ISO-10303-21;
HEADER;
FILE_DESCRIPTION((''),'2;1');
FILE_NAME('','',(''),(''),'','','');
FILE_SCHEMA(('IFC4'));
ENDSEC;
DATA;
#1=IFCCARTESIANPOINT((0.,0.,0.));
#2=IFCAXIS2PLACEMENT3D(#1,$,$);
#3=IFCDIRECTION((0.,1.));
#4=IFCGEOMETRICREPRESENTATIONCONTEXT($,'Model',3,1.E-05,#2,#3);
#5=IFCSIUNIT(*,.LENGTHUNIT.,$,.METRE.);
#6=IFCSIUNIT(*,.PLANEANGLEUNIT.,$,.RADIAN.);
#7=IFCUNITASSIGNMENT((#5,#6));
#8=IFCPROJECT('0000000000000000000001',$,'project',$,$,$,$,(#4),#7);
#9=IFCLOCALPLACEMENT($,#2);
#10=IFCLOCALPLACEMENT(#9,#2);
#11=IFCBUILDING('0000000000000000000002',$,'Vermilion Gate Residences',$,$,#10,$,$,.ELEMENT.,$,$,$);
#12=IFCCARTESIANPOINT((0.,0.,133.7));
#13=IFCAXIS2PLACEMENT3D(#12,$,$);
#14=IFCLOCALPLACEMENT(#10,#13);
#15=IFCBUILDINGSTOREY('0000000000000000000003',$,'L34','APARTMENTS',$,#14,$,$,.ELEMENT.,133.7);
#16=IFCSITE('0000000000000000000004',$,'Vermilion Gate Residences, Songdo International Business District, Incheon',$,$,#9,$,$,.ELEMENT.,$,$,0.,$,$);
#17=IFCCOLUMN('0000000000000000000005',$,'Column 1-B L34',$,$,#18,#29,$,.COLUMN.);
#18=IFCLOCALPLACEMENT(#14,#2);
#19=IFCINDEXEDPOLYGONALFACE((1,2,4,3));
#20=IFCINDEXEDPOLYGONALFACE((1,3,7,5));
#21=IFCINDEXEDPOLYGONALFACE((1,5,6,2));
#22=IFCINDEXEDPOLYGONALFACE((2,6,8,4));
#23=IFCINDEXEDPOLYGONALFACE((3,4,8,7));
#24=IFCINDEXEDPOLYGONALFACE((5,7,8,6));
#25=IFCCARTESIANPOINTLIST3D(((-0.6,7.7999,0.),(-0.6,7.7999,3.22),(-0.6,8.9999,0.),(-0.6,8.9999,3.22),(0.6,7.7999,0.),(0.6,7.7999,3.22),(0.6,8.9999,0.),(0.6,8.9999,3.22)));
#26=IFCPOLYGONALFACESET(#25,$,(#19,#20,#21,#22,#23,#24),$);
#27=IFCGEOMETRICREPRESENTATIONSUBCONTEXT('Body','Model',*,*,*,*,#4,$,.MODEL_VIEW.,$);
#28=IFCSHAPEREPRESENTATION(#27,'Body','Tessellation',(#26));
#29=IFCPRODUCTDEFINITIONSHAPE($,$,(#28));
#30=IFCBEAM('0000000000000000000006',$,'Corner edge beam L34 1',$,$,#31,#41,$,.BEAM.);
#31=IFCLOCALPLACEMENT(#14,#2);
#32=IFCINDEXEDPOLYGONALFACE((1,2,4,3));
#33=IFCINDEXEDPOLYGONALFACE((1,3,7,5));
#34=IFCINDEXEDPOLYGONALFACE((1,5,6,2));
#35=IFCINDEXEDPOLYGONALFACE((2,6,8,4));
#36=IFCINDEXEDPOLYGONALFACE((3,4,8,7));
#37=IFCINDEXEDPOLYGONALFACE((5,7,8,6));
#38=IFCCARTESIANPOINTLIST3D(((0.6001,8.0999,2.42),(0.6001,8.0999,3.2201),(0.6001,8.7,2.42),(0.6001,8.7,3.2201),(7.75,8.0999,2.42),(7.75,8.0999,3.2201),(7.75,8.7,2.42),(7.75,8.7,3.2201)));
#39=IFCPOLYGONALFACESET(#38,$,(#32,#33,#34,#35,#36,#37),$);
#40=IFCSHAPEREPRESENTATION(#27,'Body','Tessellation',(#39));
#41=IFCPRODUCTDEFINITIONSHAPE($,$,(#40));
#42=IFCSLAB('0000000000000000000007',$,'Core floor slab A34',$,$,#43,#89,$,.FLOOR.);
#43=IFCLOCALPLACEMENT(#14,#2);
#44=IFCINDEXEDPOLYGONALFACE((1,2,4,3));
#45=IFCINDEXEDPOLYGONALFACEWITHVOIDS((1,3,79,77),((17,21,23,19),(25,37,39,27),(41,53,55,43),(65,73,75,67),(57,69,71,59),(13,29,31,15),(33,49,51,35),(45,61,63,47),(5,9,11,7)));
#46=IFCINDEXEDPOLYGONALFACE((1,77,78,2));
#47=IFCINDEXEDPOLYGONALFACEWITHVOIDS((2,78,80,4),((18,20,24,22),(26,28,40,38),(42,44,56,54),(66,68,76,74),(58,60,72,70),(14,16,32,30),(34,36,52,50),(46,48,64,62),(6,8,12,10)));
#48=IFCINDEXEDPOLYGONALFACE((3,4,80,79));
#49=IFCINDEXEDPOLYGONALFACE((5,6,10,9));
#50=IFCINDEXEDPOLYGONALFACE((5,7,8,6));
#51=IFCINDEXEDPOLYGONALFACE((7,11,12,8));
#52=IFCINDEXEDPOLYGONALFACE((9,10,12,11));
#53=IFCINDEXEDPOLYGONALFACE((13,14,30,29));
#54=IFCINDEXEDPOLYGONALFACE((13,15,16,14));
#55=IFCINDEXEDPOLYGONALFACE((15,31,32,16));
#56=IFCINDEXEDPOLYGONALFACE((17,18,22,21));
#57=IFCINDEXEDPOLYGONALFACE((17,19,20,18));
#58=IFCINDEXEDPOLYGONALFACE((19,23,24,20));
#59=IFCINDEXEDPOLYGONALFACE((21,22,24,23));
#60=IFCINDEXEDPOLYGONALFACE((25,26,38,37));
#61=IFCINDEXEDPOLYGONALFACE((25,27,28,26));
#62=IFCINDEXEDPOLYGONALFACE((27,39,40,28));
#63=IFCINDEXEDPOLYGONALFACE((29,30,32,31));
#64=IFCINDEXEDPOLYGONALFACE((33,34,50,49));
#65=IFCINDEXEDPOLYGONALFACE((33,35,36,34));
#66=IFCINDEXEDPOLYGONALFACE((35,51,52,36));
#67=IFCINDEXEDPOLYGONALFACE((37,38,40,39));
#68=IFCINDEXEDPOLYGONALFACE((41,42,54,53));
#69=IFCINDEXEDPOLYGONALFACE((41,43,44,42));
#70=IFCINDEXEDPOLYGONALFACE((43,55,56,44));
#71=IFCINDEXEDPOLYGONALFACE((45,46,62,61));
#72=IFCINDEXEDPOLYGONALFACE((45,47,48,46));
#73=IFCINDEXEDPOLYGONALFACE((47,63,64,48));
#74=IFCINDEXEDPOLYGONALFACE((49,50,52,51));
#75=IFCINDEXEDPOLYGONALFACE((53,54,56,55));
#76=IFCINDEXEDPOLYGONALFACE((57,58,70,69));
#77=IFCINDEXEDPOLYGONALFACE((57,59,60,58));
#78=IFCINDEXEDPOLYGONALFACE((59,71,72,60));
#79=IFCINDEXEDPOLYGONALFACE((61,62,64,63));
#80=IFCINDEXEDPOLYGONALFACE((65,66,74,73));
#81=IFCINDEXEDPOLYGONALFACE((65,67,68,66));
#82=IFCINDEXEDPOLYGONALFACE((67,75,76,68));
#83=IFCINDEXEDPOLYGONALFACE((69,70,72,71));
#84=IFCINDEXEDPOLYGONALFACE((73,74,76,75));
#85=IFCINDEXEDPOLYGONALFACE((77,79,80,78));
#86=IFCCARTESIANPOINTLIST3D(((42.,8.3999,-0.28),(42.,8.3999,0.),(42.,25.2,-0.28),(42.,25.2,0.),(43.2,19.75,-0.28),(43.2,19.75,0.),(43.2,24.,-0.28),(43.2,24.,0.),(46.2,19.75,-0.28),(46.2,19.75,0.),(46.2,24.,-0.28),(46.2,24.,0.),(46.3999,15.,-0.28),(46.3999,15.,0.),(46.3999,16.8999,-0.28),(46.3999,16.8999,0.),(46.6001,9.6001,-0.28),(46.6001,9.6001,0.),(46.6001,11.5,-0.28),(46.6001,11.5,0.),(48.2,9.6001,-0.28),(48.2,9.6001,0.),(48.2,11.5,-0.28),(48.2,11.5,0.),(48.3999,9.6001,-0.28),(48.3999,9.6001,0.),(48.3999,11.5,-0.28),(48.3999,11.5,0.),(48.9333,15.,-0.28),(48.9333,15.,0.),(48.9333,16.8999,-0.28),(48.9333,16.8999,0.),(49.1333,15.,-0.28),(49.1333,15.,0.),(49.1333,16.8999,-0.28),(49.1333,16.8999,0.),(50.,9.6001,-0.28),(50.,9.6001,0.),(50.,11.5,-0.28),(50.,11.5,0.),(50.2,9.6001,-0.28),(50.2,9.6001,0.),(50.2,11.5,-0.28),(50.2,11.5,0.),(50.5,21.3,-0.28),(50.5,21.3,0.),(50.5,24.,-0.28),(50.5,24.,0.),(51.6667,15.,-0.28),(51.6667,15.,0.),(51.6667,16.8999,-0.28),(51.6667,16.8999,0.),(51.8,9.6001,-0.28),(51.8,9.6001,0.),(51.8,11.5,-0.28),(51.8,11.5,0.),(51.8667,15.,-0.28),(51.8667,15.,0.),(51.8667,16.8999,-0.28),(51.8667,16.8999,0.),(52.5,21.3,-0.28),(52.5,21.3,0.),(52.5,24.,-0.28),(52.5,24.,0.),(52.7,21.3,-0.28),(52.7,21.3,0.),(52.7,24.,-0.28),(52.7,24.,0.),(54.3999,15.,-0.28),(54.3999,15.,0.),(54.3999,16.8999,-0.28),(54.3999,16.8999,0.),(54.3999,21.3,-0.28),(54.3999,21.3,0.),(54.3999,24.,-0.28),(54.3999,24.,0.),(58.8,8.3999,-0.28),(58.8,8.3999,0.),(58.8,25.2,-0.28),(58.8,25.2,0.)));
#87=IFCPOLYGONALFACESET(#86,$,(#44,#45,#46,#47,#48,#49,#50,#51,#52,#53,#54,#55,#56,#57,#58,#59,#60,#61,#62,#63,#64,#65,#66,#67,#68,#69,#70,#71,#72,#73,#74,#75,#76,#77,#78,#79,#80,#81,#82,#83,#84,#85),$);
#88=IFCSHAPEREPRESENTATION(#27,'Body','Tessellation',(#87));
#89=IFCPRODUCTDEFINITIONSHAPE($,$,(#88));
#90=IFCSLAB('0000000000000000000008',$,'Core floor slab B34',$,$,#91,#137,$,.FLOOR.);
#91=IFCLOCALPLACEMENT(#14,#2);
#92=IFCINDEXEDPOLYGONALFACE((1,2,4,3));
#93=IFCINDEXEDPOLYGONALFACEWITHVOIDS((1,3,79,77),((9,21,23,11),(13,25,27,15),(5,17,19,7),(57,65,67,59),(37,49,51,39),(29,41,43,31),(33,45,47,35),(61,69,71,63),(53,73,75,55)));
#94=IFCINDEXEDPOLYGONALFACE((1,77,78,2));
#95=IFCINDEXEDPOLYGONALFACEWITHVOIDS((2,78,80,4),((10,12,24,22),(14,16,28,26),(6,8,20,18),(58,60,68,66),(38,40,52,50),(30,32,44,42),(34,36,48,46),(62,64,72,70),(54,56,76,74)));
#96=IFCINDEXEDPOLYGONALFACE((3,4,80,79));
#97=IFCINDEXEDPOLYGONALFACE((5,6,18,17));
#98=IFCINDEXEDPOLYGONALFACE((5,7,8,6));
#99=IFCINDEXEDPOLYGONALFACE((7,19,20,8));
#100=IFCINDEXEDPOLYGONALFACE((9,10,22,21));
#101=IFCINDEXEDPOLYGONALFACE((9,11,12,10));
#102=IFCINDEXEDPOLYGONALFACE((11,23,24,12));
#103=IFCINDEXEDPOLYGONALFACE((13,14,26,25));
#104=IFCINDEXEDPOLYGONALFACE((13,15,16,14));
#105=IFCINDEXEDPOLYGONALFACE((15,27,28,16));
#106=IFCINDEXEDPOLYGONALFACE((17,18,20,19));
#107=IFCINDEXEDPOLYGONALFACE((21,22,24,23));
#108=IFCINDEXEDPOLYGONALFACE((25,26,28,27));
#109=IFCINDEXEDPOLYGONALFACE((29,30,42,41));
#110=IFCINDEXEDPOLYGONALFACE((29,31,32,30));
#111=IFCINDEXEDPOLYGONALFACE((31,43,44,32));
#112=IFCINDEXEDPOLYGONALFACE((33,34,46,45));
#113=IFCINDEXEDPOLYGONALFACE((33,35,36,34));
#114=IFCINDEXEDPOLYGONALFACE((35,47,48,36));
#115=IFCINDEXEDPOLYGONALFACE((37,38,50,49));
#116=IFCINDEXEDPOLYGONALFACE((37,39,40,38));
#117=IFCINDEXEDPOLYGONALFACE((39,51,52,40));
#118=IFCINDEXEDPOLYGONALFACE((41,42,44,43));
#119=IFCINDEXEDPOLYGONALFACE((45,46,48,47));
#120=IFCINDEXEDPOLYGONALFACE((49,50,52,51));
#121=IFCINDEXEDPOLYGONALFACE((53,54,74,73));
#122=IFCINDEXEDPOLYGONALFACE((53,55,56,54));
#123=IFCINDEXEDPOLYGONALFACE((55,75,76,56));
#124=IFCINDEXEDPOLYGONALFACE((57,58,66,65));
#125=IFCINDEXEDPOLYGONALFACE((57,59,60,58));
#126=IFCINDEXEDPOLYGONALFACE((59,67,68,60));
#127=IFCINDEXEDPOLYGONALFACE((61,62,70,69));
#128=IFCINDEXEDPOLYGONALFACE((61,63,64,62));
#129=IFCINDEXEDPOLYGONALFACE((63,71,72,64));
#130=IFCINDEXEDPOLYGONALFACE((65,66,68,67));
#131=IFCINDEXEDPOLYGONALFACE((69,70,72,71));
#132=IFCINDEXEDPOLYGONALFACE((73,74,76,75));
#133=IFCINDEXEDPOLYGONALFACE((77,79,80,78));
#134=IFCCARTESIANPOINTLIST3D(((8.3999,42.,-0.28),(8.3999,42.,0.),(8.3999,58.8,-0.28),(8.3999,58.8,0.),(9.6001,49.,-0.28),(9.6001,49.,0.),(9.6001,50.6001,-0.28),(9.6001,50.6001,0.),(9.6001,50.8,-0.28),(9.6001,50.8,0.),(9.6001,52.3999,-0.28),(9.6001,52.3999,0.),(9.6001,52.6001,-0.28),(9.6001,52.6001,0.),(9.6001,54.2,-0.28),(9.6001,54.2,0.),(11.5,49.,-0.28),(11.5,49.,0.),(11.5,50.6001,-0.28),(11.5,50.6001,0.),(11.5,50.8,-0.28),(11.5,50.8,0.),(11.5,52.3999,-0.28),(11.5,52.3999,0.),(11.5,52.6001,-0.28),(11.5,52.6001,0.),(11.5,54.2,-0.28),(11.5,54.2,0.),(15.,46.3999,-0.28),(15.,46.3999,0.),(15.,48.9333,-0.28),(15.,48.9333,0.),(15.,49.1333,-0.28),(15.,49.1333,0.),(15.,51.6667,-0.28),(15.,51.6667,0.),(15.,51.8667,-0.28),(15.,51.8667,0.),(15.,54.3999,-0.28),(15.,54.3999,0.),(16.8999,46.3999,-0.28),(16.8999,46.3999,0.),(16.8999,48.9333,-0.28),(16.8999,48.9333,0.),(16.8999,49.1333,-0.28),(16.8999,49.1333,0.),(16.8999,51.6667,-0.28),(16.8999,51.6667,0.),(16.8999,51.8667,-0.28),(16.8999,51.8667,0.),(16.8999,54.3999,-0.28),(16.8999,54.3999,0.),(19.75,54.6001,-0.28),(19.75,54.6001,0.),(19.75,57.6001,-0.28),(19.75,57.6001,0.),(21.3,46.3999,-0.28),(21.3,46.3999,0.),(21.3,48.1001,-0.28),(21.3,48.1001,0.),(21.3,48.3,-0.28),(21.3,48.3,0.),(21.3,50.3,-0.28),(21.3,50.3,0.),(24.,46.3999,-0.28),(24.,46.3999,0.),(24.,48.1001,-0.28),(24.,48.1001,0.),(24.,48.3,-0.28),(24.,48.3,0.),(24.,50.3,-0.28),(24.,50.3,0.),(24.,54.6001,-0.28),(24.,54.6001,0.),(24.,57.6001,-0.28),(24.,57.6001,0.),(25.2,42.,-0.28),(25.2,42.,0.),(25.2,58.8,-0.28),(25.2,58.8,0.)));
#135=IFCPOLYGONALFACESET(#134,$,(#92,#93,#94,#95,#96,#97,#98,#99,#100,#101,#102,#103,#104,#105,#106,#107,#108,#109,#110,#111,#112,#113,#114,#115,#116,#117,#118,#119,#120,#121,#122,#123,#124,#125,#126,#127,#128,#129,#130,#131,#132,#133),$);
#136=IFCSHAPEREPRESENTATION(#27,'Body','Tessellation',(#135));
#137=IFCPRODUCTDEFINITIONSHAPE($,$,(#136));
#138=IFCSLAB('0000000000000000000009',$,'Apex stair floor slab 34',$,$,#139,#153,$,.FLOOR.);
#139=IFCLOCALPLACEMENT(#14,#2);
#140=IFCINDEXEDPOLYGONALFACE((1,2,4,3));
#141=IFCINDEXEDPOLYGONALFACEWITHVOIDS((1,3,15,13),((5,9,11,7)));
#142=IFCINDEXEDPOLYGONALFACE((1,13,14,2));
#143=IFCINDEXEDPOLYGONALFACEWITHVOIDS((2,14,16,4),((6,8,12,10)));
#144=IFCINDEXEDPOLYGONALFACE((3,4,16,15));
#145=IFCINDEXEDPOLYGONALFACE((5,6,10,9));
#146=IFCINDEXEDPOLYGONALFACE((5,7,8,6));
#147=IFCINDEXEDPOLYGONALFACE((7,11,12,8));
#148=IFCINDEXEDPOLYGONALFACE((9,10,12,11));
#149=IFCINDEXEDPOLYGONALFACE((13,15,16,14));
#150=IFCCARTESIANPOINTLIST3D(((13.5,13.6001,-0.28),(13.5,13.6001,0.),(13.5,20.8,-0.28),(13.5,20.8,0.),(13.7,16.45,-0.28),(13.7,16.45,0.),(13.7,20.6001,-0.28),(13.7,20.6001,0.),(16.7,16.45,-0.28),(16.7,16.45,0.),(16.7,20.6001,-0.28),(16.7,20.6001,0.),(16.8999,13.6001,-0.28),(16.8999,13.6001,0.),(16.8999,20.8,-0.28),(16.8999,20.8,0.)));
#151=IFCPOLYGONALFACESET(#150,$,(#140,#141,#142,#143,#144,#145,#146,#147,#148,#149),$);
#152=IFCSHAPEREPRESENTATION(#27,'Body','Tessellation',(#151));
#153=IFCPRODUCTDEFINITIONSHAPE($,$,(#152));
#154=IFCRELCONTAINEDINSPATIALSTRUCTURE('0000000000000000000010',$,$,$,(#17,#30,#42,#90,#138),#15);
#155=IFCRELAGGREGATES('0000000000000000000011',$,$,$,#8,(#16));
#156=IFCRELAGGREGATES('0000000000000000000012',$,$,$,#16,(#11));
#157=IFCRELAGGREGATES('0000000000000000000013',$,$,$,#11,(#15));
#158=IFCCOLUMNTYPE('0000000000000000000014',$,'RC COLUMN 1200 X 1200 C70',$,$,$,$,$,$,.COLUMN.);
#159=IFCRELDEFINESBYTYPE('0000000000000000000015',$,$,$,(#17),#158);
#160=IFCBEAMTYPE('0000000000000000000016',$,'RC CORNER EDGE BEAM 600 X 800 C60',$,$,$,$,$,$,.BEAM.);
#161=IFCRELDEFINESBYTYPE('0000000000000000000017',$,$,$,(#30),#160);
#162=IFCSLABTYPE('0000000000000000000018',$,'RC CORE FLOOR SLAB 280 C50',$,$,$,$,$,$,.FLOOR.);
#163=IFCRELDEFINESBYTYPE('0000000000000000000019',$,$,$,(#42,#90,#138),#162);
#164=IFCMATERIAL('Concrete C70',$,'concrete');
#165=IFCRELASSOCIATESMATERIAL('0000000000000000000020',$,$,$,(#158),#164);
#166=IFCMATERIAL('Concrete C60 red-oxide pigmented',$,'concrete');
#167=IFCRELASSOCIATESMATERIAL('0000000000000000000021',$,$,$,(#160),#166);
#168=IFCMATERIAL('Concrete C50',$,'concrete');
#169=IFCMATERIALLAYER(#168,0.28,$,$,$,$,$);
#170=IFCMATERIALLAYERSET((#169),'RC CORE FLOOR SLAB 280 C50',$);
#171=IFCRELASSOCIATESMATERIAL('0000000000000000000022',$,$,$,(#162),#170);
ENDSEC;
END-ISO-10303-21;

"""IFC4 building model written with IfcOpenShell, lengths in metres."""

from ifc_helpers import new_model, si_unit, direction, frame, origin, origin_2d, place, context, subcontext, project, spatial, polyline, rectangle, outline, extrude, material, layer, layer_set, material_profile, profile_set, type_object, element, save


model = new_model("IFC4")

# Units and contexts
model_context = context("Model", 3, precision=1e-05, world=origin(), true_north=direction((0.0, 1.0)))
body_context = subcontext(model_context, "Body", "Model", "MODEL_VIEW")
ifc_project = project(units=[si_unit("LENGTHUNIT", "METRE"), si_unit("PLANEANGLEUNIT", "RADIAN")], contexts=[model_context])

# Site, building, storey
site_placement = place(None, origin())
site = spatial("IfcSite", under=ifc_project, at=site_placement, Name="Vermilion Gate Residences, Songdo International Business District, Incheon", CompositionType="ELEMENT", RefElevation=0.0)
building_placement = place(site_placement, origin())
building = spatial("IfcBuilding", under=site, at=building_placement, Name="Vermilion Gate Residences", CompositionType="ELEMENT")
storey_placement = place(building_placement, frame((0.0, 0.0, 133.7)))
storey = spatial("IfcBuildingStorey", under=building, at=storey_placement, Name="L34", Description="APARTMENTS", CompositionType="ELEMENT", Elevation=133.7)

# Column
ifc_material_1 = material(Name="Concrete C70", Category="concrete")
ifc_material_profile_1 = material_profile(ifc_material_1, rectangle(XDim=1.2, YDim=1.2, at=origin_2d()), Name="RC-1200x1200")
ifc_profile_set_1 = profile_set([ifc_material_profile_1], Name="Concrete C70")
column_type = type_object("IfcColumnType", Name="RC COLUMN 1200 X 1200 C70", PredefinedType="COLUMN", material=ifc_profile_set_1)
column_placement = place(storey_placement, frame((0.0, 8.3999, 0.0), z_axis=(0.0, 0.0, 1.0), x_axis=(1.0, 0.0, 0.0)))
element("IfcColumn", 1, at=column_placement, inside=storey, type_object=column_type, Name="Column 1-B L34", PredefinedType="COLUMN", context=body_context, shape_type="SweptSolid", body=[
    extrude(rectangle(XDim=1.2, YDim=1.2, at=origin_2d()), origin(), (0.0, 0.0, 1.0), 3.22),
])

# Beam
ifc_material_2 = material(Name="Concrete C60 red-oxide pigmented", Category="concrete")
ifc_material_profile_2 = material_profile(ifc_material_2, rectangle(XDim=0.6001, YDim=0.8, at=origin_2d()), Name="RC-600x800")
ifc_profile_set_2 = profile_set([ifc_material_profile_2], Name="Concrete C60 red-oxide pigmented")
beam_type = type_object("IfcBeamType", Name="RC CORNER EDGE BEAM 600 X 800 C60", PredefinedType="BEAM", material=ifc_profile_set_2)
beam_placement = place(storey_placement, frame((0.6001, 8.3999, 2.8201), z_axis=(1.0, 0.0, 0.0), x_axis=(0.0, 1.0, 0.0)))
element("IfcBeam", 2, at=beam_placement, inside=storey, type_object=beam_type, Name="Corner edge beam L34 1", PredefinedType="BEAM", context=body_context, shape_type="SweptSolid", body=[
    extrude(rectangle(XDim=0.6001, YDim=0.8, at=origin_2d()), origin(), (0.0, 0.0, 1.0), 7.1499),
])

# Slabs
ifc_material_3 = material(Name="Concrete C50", Category="concrete")
ifc_layer_1 = layer(ifc_material_3, 0.28)
ifc_layer_set_1 = layer_set([ifc_layer_1], Name="RC CORE FLOOR SLAB 280 C50")
slab_type_1 = type_object("IfcSlabType", Name="RC CORE FLOOR SLAB 280 C50", PredefinedType="FLOOR", material=ifc_layer_set_1)
slab_1_placement = place(storey_placement, frame((0.0, 0.0, -0.28)))
element("IfcSlab", 3, at=slab_1_placement, inside=storey, type_object=slab_type_1, Name="Core floor slab A34", PredefinedType="FLOOR", context=body_context, shape_type="SweptSolid", body=[
    extrude(outline(polyline([(42.0, 8.3999), (58.8, 8.3999), (58.8, 25.2), (42.0, 25.2), (42.0, 8.3999)]), holes=[polyline([(46.6001, 11.5), (48.2, 11.5), (48.2, 9.6001), (46.6001, 9.6001), (46.6001, 11.5)]), polyline([(48.3999, 11.5), (50.0, 11.5), (50.0, 9.6001), (48.3999, 9.6001), (48.3999, 11.5)]), polyline([(50.2, 11.5), (51.8, 11.5), (51.8, 9.6001), (50.2, 9.6001), (50.2, 11.5)]), polyline([(46.3999, 16.8999), (48.9333, 16.8999), (48.9333, 15.0), (46.3999, 15.0), (46.3999, 16.8999)]), polyline([(49.1333, 16.8999), (51.6667, 16.8999), (51.6667, 15.0), (49.1333, 15.0), (49.1333, 16.8999)]), polyline([(51.8667, 16.8999), (54.3999, 16.8999), (54.3999, 15.0), (51.8667, 15.0), (51.8667, 16.8999)]), polyline([(43.2, 24.0), (46.2, 24.0), (46.2, 19.75), (43.2, 19.75), (43.2, 24.0)]), polyline([(52.5, 24.0), (52.5, 21.3), (50.5, 21.3), (50.5, 24.0), (52.5, 24.0)]), polyline([(54.3999, 24.0), (54.3999, 21.3), (52.7, 21.3), (52.7, 24.0), (54.3999, 24.0)])]), origin(), (0.0, 0.0, 1.0), 0.28),
])
slab_2_placement = place(storey_placement, frame((0.0, 0.0, -0.28)))
element("IfcSlab", 4, at=slab_2_placement, inside=storey, type_object=slab_type_1, Name="Core floor slab B34", PredefinedType="FLOOR", context=body_context, shape_type="SweptSolid", body=[
    extrude(outline(polyline([(8.3999, 42.0), (25.2, 42.0), (25.2, 58.8), (8.3999, 58.8), (8.3999, 42.0)]), holes=[polyline([(21.3, 48.1001), (24.0, 48.1001), (24.0, 46.3999), (21.3, 46.3999), (21.3, 48.1001)]), polyline([(15.0, 48.9333), (16.8999, 48.9333), (16.8999, 46.3999), (15.0, 46.3999), (15.0, 48.9333)]), polyline([(21.3, 50.3), (24.0, 50.3), (24.0, 48.3), (21.3, 48.3), (21.3, 50.3)]), polyline([(9.6001, 50.6001), (11.5, 50.6001), (11.5, 49.0), (9.6001, 49.0), (9.6001, 50.6001)]), polyline([(15.0, 51.6667), (16.8999, 51.6667), (16.8999, 49.1333), (15.0, 49.1333), (15.0, 51.6667)]), polyline([(9.6001, 52.3999), (11.5, 52.3999), (11.5, 50.8), (9.6001, 50.8), (9.6001, 52.3999)]), polyline([(15.0, 54.3999), (16.8999, 54.3999), (16.8999, 51.8667), (15.0, 51.8667), (15.0, 54.3999)]), polyline([(11.5, 54.2), (11.5, 52.6001), (9.6001, 52.6001), (9.6001, 54.2), (11.5, 54.2)]), polyline([(24.0, 57.6001), (24.0, 54.6001), (19.75, 54.6001), (19.75, 57.6001), (24.0, 57.6001)])]), origin(), (0.0, 0.0, 1.0), 0.28),
])
slab_3_placement = place(storey_placement, frame((0.0, 0.0, -0.28)))
element("IfcSlab", 5, at=slab_3_placement, inside=storey, type_object=slab_type_1, Name="Apex stair floor slab 34", PredefinedType="FLOOR", context=body_context, shape_type="SweptSolid", body=[
    extrude(outline(polyline([(13.5, 13.6001), (16.8999, 13.6001), (16.8999, 20.8), (13.5, 20.8), (13.5, 13.6001)]), holes=[polyline([(16.7, 20.6001), (16.7, 16.45), (13.7, 16.45), (13.7, 20.6001), (16.7, 20.6001)])]), origin(), (0.0, 0.0, 1.0), 0.28),
])

save(model, "model.ifc")
